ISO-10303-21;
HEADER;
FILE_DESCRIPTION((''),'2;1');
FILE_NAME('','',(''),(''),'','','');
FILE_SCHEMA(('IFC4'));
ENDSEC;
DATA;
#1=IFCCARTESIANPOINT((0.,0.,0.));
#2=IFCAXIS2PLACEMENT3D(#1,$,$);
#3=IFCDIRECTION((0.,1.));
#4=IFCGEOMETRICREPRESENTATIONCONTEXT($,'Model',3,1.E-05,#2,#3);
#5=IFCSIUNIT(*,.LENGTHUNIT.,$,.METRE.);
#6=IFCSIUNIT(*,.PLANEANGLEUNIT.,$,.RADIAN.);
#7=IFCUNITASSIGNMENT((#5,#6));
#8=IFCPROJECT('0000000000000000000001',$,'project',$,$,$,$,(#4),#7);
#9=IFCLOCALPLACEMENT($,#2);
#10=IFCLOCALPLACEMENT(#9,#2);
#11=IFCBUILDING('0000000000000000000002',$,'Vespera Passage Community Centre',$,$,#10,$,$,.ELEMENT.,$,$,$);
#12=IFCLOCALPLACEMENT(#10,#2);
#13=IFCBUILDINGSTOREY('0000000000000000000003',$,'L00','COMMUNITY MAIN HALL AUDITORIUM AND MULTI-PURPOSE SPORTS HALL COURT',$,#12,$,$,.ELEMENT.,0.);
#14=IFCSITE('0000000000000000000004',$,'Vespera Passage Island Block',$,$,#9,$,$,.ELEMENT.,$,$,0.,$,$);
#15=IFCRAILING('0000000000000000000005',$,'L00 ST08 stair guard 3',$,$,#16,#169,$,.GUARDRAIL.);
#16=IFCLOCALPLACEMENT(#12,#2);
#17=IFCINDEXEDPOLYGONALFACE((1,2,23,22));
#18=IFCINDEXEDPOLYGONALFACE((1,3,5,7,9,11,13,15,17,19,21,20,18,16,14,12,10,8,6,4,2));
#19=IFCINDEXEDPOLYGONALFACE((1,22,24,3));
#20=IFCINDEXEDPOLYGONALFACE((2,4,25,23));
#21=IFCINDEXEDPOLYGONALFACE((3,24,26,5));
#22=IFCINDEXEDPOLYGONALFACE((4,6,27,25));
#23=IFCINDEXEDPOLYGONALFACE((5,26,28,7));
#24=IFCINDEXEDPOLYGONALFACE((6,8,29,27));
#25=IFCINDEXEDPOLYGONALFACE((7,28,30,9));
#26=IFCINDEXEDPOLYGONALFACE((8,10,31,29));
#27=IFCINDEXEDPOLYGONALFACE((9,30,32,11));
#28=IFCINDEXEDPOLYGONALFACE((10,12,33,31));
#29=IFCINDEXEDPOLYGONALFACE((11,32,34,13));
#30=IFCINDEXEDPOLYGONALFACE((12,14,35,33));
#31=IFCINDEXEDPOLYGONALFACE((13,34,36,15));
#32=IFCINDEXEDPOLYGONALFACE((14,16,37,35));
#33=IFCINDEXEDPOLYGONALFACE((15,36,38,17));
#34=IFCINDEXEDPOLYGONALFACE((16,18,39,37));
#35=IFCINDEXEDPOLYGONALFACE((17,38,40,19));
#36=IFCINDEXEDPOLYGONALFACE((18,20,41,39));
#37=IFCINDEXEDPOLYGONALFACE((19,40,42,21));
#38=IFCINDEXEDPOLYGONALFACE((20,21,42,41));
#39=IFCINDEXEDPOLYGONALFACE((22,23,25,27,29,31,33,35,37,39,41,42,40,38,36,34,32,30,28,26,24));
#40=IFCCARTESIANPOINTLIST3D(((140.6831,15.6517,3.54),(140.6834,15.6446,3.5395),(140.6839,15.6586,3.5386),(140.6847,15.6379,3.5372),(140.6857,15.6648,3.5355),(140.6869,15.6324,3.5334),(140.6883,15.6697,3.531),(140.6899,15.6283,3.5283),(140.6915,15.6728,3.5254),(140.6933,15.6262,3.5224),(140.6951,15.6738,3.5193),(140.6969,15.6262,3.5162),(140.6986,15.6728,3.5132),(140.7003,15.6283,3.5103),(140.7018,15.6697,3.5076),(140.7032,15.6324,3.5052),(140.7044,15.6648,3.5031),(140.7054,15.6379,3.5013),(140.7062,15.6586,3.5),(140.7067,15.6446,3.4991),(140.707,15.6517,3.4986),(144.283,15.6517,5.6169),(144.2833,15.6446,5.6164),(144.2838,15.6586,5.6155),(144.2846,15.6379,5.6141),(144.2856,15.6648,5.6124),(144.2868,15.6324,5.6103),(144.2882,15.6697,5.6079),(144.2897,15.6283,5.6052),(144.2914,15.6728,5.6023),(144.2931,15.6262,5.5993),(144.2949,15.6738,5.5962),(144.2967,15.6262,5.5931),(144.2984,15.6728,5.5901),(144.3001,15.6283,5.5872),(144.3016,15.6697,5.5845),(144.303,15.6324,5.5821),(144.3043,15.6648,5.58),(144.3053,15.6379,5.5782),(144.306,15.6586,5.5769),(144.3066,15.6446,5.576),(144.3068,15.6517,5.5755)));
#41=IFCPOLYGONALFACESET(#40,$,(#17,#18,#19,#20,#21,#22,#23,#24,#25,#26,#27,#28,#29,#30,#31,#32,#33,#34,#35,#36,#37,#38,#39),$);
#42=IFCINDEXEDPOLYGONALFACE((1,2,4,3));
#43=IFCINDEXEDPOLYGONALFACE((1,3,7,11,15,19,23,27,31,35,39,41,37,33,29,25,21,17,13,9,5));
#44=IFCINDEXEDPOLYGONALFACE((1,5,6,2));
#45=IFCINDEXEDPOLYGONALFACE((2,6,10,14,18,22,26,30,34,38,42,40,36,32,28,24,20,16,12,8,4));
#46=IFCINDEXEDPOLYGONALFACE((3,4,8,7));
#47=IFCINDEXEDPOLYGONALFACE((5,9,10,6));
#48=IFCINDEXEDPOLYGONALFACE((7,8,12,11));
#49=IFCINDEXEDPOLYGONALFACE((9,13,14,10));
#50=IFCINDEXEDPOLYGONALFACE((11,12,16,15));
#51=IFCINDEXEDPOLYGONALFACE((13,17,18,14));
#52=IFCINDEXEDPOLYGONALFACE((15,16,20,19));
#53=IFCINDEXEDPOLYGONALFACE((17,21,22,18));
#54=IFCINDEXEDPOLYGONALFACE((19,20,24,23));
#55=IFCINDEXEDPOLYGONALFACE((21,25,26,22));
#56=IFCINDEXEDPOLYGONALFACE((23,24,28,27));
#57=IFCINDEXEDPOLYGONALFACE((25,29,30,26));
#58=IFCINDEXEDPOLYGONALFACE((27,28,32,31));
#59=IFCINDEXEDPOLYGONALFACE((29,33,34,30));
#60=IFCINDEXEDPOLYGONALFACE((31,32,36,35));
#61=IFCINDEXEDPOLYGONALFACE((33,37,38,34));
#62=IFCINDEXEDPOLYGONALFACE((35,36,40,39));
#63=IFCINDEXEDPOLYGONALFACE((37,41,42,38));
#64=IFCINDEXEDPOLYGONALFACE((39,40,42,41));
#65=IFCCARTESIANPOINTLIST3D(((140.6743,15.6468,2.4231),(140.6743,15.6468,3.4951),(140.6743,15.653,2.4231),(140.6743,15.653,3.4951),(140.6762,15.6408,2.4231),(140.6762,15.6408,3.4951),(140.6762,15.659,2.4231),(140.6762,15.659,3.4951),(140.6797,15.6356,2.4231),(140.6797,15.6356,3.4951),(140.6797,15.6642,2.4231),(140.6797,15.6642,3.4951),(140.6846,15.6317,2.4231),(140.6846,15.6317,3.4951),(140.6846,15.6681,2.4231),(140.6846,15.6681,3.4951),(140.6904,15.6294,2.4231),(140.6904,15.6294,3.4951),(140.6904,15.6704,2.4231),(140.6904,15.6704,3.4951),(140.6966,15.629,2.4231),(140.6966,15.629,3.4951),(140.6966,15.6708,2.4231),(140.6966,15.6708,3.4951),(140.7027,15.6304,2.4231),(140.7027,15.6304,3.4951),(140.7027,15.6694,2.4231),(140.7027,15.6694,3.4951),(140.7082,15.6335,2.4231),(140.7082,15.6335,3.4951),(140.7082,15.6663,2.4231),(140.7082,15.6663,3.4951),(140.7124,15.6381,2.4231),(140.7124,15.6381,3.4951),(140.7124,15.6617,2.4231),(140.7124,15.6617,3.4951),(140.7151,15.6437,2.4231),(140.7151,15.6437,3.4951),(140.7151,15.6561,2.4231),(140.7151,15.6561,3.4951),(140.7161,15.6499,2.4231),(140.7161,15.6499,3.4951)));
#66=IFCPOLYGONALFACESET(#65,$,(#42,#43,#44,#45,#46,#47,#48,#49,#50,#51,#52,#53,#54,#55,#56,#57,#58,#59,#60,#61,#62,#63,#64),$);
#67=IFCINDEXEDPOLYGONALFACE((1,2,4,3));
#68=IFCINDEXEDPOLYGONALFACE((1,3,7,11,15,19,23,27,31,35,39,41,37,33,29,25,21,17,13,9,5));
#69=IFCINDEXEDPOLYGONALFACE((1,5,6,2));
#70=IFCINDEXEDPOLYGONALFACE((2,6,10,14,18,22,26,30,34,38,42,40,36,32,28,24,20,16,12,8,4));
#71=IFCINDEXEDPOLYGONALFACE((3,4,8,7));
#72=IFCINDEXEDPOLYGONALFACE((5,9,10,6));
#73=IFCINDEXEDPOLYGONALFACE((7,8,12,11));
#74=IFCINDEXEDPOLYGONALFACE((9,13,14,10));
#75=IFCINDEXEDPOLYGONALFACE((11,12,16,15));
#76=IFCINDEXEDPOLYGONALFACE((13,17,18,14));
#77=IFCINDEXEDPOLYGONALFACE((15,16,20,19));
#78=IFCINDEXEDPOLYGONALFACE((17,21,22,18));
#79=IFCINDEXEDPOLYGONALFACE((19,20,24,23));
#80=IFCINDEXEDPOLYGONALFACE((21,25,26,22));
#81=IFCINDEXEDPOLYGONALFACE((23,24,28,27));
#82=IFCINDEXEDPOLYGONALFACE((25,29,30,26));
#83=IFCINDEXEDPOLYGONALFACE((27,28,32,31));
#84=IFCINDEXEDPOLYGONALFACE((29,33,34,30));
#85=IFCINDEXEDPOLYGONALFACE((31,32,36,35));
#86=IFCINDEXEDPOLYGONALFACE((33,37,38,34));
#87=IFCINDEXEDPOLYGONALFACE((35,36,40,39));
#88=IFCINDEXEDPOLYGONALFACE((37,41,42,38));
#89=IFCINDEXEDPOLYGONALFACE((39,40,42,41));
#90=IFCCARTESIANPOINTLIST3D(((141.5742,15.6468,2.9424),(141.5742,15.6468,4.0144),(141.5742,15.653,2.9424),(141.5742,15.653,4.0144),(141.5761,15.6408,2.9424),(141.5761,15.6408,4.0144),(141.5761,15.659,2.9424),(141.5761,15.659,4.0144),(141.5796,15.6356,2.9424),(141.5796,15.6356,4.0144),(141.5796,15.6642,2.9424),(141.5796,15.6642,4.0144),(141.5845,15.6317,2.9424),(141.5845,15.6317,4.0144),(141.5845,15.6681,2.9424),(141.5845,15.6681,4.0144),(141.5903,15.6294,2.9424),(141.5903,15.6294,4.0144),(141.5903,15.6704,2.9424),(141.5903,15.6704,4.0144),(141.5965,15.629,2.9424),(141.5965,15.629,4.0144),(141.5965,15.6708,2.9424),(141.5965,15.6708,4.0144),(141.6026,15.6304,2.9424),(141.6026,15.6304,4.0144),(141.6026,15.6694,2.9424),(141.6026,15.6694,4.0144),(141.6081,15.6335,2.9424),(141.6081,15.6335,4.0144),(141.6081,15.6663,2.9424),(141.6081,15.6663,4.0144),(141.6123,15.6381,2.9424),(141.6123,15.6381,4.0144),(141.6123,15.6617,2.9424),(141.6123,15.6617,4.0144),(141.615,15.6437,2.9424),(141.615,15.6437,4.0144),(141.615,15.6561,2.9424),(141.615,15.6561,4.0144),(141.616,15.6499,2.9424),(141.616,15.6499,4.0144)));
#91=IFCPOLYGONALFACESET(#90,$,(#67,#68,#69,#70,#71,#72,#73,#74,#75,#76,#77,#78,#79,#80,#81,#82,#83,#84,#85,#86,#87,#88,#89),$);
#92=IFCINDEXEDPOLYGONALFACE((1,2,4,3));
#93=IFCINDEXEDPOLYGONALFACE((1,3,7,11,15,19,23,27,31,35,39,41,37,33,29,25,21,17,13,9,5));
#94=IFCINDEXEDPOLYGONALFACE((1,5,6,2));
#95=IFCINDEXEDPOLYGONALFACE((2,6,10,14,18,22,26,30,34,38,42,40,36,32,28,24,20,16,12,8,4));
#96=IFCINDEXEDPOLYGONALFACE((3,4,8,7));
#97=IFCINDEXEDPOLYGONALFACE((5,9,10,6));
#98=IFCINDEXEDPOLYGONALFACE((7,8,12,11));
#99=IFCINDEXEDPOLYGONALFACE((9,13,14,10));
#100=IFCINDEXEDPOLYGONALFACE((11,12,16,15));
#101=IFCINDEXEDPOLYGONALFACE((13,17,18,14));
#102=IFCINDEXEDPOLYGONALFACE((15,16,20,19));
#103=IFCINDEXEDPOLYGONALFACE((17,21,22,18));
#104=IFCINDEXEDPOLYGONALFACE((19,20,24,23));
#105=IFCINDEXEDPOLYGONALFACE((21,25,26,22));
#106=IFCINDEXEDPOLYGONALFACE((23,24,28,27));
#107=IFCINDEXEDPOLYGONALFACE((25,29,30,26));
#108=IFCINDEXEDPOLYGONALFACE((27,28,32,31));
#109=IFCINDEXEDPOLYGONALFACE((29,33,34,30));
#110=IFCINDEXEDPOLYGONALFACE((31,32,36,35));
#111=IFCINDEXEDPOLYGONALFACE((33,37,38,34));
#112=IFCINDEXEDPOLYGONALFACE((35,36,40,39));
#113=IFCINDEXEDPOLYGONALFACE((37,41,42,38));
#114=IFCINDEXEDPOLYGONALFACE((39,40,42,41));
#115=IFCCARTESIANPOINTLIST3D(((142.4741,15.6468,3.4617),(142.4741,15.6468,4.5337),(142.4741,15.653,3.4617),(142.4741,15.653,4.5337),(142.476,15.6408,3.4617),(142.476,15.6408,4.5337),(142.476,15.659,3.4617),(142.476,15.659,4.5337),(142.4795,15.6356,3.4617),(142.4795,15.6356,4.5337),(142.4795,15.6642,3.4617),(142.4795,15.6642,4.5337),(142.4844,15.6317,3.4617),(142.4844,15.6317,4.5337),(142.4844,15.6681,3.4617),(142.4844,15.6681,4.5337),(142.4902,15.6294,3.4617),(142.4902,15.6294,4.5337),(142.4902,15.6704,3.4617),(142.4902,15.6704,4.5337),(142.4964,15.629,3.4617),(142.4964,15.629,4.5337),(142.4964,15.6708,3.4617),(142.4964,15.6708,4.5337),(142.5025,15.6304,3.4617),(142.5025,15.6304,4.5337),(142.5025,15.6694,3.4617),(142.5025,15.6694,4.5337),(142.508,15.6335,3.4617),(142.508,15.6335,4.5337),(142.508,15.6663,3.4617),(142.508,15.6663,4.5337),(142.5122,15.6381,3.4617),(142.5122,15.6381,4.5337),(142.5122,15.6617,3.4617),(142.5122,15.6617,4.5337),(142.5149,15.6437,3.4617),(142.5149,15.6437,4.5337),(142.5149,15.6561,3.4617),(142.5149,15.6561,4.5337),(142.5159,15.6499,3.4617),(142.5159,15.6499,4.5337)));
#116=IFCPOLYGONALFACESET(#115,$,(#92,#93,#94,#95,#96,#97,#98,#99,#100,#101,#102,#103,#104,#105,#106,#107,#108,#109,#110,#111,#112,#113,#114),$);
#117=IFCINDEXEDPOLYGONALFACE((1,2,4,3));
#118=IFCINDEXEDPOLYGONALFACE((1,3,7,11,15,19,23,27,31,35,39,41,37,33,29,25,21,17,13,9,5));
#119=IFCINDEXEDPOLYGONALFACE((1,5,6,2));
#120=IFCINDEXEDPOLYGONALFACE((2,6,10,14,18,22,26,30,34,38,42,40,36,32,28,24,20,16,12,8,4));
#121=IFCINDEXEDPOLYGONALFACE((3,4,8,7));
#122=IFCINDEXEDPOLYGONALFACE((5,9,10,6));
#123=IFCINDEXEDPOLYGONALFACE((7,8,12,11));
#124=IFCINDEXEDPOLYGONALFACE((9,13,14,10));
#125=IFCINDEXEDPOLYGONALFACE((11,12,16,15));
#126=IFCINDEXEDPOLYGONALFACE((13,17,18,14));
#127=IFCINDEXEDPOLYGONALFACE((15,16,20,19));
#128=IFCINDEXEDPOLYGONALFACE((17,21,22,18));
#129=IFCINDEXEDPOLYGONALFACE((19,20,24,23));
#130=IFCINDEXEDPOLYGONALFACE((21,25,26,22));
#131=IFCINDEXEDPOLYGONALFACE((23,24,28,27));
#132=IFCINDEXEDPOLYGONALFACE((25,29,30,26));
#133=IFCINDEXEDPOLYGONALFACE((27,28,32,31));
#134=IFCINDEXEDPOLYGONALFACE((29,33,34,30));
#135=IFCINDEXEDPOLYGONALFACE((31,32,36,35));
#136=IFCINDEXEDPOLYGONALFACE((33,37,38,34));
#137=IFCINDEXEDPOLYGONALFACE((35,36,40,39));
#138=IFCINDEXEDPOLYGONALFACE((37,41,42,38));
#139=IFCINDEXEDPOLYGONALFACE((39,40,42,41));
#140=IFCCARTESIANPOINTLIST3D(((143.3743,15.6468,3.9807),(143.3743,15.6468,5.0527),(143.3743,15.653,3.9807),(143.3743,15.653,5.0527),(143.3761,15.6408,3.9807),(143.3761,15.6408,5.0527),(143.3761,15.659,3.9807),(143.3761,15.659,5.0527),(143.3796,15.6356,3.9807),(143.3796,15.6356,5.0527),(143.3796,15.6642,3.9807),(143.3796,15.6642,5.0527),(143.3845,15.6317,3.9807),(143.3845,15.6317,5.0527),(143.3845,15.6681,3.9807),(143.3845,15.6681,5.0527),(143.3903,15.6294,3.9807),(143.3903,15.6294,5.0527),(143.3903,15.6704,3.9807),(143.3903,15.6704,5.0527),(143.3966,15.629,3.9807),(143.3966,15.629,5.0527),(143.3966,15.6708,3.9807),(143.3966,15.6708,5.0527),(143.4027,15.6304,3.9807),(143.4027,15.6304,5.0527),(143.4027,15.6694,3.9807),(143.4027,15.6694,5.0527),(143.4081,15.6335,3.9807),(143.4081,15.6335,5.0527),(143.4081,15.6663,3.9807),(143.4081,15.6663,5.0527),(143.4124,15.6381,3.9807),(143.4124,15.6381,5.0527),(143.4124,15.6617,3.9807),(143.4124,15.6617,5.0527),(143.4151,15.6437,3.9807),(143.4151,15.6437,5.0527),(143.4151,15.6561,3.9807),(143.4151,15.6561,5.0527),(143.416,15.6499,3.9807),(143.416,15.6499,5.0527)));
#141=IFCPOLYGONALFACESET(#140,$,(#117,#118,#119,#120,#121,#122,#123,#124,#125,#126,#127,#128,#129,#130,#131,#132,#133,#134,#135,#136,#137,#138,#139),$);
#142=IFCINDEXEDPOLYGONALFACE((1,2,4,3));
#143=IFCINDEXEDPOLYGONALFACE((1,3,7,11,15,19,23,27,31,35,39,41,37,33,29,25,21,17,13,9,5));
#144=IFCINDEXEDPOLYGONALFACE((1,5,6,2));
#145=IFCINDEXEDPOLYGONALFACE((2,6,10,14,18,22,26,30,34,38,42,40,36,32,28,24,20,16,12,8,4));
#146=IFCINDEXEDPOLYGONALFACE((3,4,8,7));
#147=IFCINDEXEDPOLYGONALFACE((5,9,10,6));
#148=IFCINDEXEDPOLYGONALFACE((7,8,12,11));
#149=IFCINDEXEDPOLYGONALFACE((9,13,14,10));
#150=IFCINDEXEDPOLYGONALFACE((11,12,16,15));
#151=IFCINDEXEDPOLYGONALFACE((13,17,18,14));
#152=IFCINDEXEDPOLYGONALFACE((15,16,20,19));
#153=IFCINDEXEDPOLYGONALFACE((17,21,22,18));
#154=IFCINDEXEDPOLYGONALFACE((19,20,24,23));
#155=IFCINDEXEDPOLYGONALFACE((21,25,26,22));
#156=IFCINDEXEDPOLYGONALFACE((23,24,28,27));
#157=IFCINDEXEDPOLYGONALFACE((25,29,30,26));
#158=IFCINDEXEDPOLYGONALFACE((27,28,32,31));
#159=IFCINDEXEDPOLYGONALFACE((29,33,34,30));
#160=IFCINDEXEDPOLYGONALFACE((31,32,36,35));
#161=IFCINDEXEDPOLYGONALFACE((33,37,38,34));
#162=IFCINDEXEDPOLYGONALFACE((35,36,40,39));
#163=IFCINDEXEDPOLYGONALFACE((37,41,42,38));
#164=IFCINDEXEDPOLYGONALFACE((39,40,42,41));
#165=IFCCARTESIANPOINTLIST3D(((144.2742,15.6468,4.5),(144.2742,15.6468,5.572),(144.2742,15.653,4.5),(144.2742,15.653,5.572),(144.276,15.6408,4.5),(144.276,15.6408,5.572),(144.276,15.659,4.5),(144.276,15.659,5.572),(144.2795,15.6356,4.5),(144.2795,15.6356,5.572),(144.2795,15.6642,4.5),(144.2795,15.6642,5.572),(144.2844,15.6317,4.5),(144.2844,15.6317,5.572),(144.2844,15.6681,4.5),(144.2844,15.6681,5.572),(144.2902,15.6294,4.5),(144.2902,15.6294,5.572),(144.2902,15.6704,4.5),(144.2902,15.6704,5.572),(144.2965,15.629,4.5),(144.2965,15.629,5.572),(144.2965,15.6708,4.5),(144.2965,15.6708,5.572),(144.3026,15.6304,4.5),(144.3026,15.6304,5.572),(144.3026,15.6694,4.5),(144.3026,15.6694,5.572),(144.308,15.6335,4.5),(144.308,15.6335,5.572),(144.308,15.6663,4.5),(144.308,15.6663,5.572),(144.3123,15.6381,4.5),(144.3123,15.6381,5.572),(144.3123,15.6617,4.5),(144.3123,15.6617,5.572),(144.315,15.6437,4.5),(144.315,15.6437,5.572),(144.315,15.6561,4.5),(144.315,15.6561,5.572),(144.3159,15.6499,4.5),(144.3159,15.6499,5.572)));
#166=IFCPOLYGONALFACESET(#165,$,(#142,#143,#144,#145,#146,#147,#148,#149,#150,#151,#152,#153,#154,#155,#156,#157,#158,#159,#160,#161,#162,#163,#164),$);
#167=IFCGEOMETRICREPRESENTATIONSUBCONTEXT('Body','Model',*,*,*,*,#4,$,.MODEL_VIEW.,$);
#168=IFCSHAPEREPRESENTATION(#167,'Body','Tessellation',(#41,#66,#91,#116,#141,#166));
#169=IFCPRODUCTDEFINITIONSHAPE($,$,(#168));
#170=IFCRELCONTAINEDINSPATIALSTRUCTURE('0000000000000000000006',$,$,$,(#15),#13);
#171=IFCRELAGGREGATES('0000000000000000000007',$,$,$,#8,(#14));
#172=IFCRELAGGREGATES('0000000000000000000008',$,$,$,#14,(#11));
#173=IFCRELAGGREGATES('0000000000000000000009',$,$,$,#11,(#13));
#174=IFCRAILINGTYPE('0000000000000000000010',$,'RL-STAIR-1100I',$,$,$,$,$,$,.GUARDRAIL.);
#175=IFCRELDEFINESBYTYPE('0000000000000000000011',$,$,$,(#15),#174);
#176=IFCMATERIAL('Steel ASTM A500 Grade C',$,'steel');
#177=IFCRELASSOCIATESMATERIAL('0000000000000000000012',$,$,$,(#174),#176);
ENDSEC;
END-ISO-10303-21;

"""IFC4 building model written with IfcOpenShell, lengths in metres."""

from ifc_helpers import new_model, si_unit, direction, frame, origin, origin_2d, place, context, subcontext, project, spatial, circle, extrude, material, type_object, element, save


model = new_model("IFC4")

# Units and contexts
model_context = context("Model", 3, precision=1e-05, world=origin(), true_north=direction((0.0, 1.0)))
body_context = subcontext(model_context, "Body", "Model", "MODEL_VIEW")
ifc_project = project(units=[si_unit("LENGTHUNIT", "METRE"), si_unit("PLANEANGLEUNIT", "RADIAN")], contexts=[model_context])

# Site, building, storey
site_placement = place(None, origin())
site = spatial("IfcSite", under=ifc_project, at=site_placement, Name="Vespera Passage Island Block", CompositionType="ELEMENT", RefElevation=0.0)
building_placement = place(site_placement, origin())
building = spatial("IfcBuilding", under=site, at=building_placement, Name="Vespera Passage Community Centre", CompositionType="ELEMENT")
storey_placement = place(building_placement, origin())
storey = spatial("IfcBuildingStorey", under=building, at=storey_placement, Name="L00", Description="COMMUNITY MAIN HALL AUDITORIUM AND MULTI-PURPOSE SPORTS HALL COURT", CompositionType="ELEMENT", Elevation=0.0)

# Railing
ifc_material_1 = material(Name="Steel ASTM A500 Grade C", Category="steel")
railing_type_1 = type_object("IfcRailingType", Name="RL-STAIR-1100I", PredefinedType="GUARDRAIL", material=ifc_material_1)
railing_1_placement = place(storey_placement, frame((140.6951, 15.6499, 2.4231)))
element("IfcRailing", 1, at=railing_1_placement, inside=storey, type_object=railing_type_1, Name="L00 ST08 stair guard 3", PredefinedType="GUARDRAIL", context=body_context, shape_type="SweptSolid", body=[
    extrude(circle(Radius=0.0239, at=origin_2d()), frame((0.0, 0.0, 1.0962), z_axis=(0.866179, 0.0, 0.499734), x_axis=(0.0, 1.0, 0.0)), (0.0, 0.0, 1.0), 4.156),
    extrude(circle(Radius=0.021, at=origin_2d()), origin(), (0.0, 0.0, 1.0), 1.072),
    extrude(circle(Radius=0.021, at=origin_2d()), frame((0.8999, 0.0, 0.5193)), (0.0, 0.0, 1.0), 1.072),
    extrude(circle(Radius=0.021, at=origin_2d()), frame((1.7998, 0.0, 1.0386)), (0.0, 0.0, 1.0), 1.072),
    extrude(circle(Radius=0.021, at=origin_2d()), frame((2.7, 0.0, 1.5576)), (0.0, 0.0, 1.0), 1.072),
    extrude(circle(Radius=0.021, at=origin_2d()), frame((3.5999, 0.0, 2.0769)), (0.0, 0.0, 1.0), 1.072),
])

save(model, "model.ifc")
